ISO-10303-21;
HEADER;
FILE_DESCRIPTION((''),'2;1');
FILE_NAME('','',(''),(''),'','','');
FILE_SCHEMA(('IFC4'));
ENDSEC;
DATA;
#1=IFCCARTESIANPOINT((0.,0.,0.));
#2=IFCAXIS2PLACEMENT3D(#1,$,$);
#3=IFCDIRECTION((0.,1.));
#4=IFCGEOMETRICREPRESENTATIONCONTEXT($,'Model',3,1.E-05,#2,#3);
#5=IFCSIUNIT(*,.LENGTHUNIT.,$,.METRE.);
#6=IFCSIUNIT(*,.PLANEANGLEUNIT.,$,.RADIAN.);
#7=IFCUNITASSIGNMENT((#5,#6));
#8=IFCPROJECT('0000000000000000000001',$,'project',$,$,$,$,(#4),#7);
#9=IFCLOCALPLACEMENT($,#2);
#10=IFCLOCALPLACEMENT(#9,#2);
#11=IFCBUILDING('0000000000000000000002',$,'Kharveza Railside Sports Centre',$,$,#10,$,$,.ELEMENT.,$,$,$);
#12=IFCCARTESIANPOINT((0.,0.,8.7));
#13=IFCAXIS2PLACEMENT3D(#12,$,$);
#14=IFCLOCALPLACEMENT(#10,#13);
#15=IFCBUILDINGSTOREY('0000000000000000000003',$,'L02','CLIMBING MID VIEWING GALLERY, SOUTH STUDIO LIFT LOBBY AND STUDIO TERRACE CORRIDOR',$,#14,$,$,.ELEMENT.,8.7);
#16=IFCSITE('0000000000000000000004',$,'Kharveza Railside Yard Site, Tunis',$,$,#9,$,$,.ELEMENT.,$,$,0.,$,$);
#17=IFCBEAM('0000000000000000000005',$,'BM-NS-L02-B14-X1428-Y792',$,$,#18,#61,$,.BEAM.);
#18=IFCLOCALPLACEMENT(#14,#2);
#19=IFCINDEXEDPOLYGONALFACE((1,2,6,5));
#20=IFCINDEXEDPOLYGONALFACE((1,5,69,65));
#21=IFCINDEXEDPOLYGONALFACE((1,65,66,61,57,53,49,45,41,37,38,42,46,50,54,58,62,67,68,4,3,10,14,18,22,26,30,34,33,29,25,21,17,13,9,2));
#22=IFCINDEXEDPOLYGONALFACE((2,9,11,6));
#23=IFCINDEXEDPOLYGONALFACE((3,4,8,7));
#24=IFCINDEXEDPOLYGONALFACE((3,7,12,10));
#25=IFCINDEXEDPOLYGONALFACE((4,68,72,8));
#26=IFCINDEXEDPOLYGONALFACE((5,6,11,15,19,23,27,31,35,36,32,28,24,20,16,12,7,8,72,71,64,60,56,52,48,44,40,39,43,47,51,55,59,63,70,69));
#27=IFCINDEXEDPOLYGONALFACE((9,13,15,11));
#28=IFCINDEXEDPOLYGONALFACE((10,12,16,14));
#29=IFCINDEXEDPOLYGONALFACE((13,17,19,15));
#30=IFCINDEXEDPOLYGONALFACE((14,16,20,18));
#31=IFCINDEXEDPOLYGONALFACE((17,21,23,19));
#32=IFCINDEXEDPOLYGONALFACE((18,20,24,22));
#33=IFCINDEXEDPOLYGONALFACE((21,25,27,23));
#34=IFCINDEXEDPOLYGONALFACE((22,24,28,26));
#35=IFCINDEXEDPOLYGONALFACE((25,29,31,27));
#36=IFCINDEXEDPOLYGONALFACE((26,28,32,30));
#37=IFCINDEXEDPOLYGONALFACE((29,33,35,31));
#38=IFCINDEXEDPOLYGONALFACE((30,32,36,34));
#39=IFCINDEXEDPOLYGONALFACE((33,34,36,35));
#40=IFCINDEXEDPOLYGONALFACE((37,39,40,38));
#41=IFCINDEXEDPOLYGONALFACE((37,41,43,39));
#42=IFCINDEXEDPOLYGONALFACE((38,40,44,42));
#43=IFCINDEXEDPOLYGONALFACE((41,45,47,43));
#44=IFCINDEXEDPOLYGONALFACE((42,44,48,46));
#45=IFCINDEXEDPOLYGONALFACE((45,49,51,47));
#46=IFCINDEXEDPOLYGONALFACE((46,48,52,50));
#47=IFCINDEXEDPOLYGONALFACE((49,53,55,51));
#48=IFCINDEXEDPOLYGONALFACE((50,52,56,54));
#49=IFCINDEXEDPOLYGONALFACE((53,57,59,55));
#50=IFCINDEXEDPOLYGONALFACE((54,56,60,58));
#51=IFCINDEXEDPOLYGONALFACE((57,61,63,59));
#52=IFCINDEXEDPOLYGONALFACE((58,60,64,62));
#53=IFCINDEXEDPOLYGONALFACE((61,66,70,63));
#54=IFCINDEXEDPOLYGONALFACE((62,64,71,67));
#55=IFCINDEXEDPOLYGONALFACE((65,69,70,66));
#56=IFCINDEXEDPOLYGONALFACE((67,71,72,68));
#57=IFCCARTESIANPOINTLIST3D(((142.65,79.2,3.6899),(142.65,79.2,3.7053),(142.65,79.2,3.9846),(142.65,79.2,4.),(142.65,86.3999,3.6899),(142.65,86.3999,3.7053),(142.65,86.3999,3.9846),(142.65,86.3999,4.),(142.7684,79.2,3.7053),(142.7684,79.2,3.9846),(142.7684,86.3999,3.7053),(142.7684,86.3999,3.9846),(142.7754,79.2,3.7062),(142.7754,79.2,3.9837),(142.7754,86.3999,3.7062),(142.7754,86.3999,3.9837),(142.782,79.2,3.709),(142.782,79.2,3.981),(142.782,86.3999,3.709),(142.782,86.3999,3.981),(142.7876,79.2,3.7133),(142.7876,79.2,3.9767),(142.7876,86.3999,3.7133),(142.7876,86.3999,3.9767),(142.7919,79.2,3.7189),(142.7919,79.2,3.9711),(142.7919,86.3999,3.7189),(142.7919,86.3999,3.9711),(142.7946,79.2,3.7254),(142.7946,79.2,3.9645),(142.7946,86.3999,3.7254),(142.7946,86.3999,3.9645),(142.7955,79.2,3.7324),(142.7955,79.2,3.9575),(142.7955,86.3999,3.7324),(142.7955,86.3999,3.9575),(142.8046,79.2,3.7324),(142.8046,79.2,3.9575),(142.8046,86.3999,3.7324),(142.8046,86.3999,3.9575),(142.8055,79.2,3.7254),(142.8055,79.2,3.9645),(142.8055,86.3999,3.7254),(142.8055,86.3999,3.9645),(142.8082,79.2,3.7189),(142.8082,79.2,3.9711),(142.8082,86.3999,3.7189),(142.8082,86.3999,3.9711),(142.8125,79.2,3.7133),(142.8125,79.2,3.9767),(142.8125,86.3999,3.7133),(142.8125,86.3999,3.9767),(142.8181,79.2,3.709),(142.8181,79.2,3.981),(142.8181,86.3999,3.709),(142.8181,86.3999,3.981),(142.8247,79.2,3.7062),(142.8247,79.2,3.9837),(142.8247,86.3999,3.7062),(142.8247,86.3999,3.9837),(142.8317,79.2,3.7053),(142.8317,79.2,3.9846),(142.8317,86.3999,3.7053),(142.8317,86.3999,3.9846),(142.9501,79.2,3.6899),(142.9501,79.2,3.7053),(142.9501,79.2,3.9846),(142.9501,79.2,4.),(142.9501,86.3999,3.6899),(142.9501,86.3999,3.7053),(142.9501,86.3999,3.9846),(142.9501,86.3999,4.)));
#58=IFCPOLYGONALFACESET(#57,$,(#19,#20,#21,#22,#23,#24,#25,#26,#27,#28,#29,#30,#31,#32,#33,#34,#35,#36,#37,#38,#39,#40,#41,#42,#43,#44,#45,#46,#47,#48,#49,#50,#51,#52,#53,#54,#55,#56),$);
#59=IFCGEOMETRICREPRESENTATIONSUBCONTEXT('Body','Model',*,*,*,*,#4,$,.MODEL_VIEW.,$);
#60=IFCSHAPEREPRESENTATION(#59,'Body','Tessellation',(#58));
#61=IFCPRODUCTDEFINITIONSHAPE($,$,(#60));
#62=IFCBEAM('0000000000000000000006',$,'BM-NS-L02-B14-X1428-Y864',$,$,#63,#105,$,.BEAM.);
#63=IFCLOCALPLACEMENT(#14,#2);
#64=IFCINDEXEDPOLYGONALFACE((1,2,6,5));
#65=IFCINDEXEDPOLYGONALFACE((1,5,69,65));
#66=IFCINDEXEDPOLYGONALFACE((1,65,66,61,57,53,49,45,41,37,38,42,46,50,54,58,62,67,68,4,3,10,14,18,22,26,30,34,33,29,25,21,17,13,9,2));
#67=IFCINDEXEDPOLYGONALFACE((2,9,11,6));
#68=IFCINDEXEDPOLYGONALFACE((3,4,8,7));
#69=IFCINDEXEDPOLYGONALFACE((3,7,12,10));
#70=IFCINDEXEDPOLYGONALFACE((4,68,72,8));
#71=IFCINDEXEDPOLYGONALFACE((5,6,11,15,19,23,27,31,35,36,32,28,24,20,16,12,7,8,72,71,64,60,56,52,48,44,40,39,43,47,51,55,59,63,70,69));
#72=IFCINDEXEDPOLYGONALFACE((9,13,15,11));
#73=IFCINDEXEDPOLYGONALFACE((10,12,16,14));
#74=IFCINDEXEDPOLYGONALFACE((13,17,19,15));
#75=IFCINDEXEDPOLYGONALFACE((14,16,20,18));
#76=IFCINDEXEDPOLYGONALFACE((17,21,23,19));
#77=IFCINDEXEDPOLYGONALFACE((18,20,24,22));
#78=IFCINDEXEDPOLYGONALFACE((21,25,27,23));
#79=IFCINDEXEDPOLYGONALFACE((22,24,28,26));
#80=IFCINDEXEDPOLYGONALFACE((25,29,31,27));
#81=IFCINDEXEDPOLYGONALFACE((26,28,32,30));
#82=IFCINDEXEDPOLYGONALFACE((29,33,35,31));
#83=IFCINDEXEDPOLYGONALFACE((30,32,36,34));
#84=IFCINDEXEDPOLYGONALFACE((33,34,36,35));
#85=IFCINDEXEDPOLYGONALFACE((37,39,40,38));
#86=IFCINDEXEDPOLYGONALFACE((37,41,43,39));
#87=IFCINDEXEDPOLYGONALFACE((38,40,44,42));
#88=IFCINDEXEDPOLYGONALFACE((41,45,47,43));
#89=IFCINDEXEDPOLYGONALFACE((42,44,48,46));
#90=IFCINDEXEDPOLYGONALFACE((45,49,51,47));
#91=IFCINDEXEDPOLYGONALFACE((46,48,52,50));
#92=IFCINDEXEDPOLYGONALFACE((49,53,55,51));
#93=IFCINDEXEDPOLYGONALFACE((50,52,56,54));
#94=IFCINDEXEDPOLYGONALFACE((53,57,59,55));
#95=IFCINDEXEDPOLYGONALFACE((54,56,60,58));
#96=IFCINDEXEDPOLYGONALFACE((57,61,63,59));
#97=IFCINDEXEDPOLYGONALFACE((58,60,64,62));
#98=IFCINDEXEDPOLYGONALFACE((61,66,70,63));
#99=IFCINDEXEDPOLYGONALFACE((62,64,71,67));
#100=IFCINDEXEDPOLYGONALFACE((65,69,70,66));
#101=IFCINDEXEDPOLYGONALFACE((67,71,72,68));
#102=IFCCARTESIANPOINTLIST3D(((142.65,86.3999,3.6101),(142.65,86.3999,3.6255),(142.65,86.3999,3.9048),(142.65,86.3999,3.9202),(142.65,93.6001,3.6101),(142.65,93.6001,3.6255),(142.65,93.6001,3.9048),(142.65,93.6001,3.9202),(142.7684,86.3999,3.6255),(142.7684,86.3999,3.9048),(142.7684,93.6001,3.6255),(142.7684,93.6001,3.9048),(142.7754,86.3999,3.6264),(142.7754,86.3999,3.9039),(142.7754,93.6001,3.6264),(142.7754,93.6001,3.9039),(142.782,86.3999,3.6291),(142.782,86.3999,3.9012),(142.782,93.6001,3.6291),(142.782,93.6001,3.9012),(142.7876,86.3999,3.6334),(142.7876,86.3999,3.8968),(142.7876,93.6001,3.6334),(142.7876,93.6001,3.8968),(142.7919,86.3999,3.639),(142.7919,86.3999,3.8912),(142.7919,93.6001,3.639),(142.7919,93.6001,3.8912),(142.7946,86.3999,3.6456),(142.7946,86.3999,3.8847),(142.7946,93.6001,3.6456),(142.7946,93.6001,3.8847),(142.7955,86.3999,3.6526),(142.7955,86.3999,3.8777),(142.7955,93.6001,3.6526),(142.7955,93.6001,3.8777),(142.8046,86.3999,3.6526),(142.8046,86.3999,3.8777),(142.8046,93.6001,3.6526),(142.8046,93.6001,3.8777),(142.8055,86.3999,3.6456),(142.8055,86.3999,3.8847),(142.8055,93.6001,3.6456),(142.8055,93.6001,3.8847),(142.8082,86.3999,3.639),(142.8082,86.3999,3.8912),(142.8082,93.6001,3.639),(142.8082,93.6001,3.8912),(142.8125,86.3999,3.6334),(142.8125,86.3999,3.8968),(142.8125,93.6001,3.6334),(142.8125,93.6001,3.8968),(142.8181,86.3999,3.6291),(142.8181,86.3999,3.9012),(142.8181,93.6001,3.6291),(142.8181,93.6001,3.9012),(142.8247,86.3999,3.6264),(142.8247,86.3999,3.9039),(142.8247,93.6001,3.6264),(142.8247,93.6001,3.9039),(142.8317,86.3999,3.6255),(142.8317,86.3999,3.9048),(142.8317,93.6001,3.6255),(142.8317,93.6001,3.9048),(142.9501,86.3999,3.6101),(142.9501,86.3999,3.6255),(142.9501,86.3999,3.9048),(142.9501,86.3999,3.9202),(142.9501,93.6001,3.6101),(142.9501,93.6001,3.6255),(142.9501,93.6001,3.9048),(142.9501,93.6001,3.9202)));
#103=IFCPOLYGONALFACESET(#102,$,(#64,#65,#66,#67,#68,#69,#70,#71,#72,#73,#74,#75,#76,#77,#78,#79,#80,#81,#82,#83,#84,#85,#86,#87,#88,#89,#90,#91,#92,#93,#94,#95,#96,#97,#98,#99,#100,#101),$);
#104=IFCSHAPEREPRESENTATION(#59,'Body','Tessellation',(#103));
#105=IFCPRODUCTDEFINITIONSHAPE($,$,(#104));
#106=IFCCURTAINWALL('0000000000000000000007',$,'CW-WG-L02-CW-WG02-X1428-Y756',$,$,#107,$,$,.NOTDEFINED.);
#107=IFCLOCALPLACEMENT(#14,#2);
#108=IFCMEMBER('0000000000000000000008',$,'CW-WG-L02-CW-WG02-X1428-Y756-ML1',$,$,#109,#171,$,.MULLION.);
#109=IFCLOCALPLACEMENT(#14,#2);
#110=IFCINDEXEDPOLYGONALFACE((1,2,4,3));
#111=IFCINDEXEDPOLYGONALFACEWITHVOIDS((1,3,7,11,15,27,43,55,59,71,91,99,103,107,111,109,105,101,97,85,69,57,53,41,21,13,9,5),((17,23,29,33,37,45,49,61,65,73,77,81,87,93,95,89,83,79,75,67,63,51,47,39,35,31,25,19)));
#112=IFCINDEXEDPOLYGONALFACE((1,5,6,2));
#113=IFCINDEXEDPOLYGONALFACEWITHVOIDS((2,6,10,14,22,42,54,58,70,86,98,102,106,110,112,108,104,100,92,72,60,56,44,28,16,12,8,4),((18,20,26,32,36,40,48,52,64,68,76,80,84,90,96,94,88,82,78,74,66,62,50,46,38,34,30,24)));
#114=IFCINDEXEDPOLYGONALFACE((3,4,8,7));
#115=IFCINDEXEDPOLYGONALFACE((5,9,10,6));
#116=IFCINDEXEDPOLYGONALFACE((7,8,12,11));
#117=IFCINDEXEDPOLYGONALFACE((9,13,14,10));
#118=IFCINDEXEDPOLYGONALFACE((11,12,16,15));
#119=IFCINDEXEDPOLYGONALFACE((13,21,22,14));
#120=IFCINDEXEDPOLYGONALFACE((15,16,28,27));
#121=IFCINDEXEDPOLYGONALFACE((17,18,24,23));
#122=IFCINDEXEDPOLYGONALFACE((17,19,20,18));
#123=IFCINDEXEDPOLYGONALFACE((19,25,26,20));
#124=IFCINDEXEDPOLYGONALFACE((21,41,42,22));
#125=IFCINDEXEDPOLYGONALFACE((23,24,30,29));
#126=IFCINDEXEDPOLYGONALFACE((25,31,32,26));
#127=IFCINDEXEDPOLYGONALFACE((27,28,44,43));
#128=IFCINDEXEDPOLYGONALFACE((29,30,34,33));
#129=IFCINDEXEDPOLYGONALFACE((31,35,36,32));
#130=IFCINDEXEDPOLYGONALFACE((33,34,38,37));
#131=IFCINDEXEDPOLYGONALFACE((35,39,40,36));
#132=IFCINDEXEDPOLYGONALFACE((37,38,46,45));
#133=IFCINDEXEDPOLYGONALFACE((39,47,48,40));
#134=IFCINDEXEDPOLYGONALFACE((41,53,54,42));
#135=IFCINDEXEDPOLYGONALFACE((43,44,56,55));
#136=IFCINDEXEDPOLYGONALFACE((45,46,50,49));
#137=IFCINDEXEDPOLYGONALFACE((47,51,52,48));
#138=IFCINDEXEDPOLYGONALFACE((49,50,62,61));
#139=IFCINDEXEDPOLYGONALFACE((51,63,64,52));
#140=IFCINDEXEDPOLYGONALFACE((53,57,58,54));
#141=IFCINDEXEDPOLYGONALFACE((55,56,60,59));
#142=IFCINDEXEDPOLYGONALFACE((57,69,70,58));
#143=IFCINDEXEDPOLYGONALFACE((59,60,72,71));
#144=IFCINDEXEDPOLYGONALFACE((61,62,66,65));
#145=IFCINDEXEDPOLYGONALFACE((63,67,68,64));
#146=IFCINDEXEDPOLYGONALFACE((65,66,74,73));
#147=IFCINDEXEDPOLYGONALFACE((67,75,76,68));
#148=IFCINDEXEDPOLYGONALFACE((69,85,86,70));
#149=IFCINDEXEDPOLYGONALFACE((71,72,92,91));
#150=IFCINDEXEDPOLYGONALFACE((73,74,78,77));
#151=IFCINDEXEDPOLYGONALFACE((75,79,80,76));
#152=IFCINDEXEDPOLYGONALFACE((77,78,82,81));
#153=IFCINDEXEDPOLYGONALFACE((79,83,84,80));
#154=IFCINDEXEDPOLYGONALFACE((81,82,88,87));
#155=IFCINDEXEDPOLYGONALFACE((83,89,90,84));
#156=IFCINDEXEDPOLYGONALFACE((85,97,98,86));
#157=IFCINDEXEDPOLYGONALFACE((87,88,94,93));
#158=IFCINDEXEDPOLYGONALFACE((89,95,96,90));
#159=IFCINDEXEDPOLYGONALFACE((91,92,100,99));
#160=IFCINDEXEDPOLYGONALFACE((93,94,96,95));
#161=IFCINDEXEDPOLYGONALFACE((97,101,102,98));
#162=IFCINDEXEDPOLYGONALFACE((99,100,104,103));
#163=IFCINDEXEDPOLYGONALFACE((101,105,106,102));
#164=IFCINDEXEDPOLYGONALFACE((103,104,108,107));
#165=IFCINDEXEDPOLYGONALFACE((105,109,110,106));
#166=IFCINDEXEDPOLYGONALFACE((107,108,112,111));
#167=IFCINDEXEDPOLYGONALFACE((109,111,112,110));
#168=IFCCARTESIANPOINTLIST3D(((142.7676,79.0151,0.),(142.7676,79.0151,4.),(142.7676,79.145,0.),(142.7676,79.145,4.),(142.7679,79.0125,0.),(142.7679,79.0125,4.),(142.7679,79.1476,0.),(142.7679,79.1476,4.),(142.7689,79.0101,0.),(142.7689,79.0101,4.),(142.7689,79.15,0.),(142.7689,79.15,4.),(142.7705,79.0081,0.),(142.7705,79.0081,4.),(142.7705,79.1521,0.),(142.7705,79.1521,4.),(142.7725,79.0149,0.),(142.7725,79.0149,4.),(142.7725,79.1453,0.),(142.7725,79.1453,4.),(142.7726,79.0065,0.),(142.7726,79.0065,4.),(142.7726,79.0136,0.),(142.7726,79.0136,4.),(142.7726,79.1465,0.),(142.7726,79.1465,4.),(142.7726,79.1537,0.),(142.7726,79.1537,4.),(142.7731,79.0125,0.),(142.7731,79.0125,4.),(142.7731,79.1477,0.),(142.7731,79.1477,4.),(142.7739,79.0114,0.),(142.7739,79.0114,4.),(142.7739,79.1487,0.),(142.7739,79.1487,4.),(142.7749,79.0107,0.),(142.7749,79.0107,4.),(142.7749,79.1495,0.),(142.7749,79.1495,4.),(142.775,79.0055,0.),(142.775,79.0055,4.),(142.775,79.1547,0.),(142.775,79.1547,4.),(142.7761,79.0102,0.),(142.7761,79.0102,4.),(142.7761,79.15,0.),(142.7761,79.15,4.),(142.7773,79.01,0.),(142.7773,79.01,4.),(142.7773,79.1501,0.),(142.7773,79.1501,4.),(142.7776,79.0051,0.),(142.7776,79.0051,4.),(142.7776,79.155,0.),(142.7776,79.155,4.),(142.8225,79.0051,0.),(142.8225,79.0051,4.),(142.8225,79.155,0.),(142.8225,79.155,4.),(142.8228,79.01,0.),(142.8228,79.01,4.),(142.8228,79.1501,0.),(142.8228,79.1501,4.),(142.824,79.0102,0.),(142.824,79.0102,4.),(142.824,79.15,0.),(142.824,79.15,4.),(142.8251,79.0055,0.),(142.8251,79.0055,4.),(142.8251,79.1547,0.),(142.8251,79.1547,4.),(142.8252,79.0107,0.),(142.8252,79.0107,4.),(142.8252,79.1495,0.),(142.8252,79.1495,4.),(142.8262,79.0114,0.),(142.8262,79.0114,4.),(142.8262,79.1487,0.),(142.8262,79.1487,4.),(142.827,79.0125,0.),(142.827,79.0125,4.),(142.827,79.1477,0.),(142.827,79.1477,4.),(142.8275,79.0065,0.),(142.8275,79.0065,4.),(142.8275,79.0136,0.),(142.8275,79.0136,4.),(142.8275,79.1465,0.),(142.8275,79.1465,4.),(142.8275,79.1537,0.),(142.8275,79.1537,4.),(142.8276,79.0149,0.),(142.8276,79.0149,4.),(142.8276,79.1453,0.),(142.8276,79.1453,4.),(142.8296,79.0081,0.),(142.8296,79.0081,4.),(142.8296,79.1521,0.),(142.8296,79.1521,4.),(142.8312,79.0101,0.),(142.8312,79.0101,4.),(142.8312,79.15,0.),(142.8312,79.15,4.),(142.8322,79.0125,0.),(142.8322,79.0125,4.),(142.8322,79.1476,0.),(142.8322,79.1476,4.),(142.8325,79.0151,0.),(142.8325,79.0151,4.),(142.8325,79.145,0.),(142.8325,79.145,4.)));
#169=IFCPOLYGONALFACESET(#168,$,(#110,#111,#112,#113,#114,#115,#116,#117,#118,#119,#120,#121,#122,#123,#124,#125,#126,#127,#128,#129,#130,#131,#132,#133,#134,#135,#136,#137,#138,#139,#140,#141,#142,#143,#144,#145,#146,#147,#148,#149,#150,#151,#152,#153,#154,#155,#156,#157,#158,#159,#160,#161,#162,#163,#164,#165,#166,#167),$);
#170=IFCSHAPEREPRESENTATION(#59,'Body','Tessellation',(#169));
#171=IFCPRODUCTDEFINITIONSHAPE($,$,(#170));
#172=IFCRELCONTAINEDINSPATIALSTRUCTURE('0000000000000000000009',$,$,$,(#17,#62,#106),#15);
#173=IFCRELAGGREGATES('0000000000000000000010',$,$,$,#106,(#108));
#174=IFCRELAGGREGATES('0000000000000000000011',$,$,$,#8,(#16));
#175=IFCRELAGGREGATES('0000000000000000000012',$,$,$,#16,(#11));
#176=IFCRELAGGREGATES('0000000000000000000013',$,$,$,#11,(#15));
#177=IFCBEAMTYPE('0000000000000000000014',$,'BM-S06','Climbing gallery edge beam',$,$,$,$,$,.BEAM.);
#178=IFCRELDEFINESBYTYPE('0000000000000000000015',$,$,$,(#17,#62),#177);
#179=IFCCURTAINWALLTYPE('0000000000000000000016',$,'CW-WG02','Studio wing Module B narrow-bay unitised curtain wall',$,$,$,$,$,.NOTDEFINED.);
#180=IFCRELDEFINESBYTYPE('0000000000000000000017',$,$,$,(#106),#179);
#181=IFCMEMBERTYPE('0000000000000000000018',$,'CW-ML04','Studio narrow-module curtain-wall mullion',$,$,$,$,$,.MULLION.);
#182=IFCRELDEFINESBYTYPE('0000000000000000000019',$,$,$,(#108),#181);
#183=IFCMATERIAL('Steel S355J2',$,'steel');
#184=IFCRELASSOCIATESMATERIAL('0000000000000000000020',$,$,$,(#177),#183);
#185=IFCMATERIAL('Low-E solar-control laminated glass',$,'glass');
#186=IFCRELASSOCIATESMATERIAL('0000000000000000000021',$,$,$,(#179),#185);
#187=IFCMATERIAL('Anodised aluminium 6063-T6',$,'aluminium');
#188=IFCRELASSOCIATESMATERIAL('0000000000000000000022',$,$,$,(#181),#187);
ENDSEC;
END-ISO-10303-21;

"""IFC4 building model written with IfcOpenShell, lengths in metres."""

from ifc_helpers import new_model, si_unit, direction, frame, origin, origin_2d, place, context, subcontext, project, spatial, hollow_rectangle, i_section, extrude, material, material_profile, profile_set, type_object, element, aggregate, save


model = new_model("IFC4")

# Units and contexts
model_context = context("Model", 3, precision=1e-05, world=origin(), true_north=direction((0.0, 1.0)))
body_context = subcontext(model_context, "Body", "Model", "MODEL_VIEW")
ifc_project = project(units=[si_unit("LENGTHUNIT", "METRE"), si_unit("PLANEANGLEUNIT", "RADIAN")], contexts=[model_context])

# Site, building, storey
site_placement = place(None, origin())
site = spatial("IfcSite", under=ifc_project, at=site_placement, Name="Kharveza Railside Yard Site, Tunis", CompositionType="ELEMENT", RefElevation=0.0)
building_placement = place(site_placement, origin())
building = spatial("IfcBuilding", under=site, at=building_placement, Name="Kharveza Railside Sports Centre", CompositionType="ELEMENT")
storey_placement = place(building_placement, frame((0.0, 0.0, 8.7)))
storey = spatial("IfcBuildingStorey", under=building, at=storey_placement, Name="L02", Description="CLIMBING MID VIEWING GALLERY, SOUTH STUDIO LIFT LOBBY AND STUDIO TERRACE CORRIDOR", CompositionType="ELEMENT", Elevation=8.7)

# Shared definitions
ifc_material_1 = material(Name="Steel S355J2", Category="steel")

# Beams
ifc_material_profile_1 = material_profile(ifc_material_1, i_section(OverallWidth=0.3, OverallDepth=0.3101, WebThickness=0.009, FlangeThickness=0.0154, FilletRadius=0.0271, at=origin_2d()), Name="HEA 320")
ifc_profile_set_1 = profile_set([ifc_material_profile_1], Name="Steel S355J2")
beam_type_1 = type_object("IfcBeamType", Name="BM-S06", Description="Climbing gallery edge beam", PredefinedType="BEAM", material=ifc_profile_set_1)
beam_1_placement = place(storey_placement, frame((142.8, 79.2, 3.845), z_axis=(0.0, 1.0, 0.0), x_axis=(-1.0, 0.0, 0.0)))
element("IfcBeam", 1, at=beam_1_placement, inside=storey, type_object=beam_type_1, Name="BM-NS-L02-B14-X1428-Y792", PredefinedType="BEAM", context=body_context, shape_type="SweptSolid", body=[
    extrude(i_section(OverallWidth=0.3, OverallDepth=0.3101, WebThickness=0.009, FlangeThickness=0.0154, FilletRadius=0.0271, at=origin_2d()), origin(), (0.0, 0.0, 1.0), 7.2),
])
beam_2_placement = place(storey_placement, frame((142.8, 86.3999, 3.7651), z_axis=(0.0, 1.0, 0.0), x_axis=(-1.0, 0.0, 0.0)))
element("IfcBeam", 2, at=beam_2_placement, inside=storey, type_object=beam_type_1, Name="BM-NS-L02-B14-X1428-Y864", PredefinedType="BEAM", context=body_context, shape_type="SweptSolid", body=[
    extrude(i_section(OverallWidth=0.3, OverallDepth=0.3101, WebThickness=0.009, FlangeThickness=0.0154, FilletRadius=0.0271, at=origin_2d()), origin(), (0.0, 0.0, 1.0), 7.2002),
])

# Curtain wall, member
ifc_material_2 = material(Name="Low-E solar-control laminated glass", Category="glass")
curtain_wall_type = type_object("IfcCurtainWallType", Name="CW-WG02", Description="Studio wing Module B narrow-bay unitised curtain wall", PredefinedType="NOTDEFINED", material=ifc_material_2)
curtain_wall_placement = place(storey_placement, origin())
curtain_wall = element("IfcCurtainWall", 3, at=curtain_wall_placement, inside=storey, type_object=curtain_wall_type, Name="CW-WG-L02-CW-WG02-X1428-Y756", PredefinedType="NOTDEFINED")
ifc_material_3 = material(Name="Anodised aluminium 6063-T6", Category="aluminium")
ifc_material_profile_2 = material_profile(ifc_material_3, hollow_rectangle(XDim=0.0649, YDim=0.1499, WallThickness=0.0049, InnerFilletRadius=0.0049, OuterFilletRadius=0.01, at=origin_2d()), Name="RHS 65x150x5.0")
ifc_profile_set_2 = profile_set([ifc_material_profile_2], Name="Anodised aluminium 6063-T6")
member_type_1 = type_object("IfcMemberType", Name="CW-ML04", Description="Studio narrow-module curtain-wall mullion", PredefinedType="MULLION", material=ifc_profile_set_2)
member_1_placement = place(storey_placement, frame((142.8, 79.0801, 0.0), z_axis=(0.0, 0.0, 1.0), x_axis=(1.0, 0.0, 0.0)))
member_1 = element("IfcMember", 4, at=member_1_placement, type_object=member_type_1, Name="CW-WG-L02-CW-WG02-X1428-Y756-ML1", PredefinedType="MULLION", context=body_context, shape_type="SweptSolid", body=[
    extrude(hollow_rectangle(XDim=0.0649, YDim=0.1499, WallThickness=0.0049, InnerFilletRadius=0.0049, OuterFilletRadius=0.01, at=origin_2d()), origin(), (0.0, 0.0, 1.0), 4.0),
])
aggregate(curtain_wall, [member_1])

save(model, "model.ifc")
